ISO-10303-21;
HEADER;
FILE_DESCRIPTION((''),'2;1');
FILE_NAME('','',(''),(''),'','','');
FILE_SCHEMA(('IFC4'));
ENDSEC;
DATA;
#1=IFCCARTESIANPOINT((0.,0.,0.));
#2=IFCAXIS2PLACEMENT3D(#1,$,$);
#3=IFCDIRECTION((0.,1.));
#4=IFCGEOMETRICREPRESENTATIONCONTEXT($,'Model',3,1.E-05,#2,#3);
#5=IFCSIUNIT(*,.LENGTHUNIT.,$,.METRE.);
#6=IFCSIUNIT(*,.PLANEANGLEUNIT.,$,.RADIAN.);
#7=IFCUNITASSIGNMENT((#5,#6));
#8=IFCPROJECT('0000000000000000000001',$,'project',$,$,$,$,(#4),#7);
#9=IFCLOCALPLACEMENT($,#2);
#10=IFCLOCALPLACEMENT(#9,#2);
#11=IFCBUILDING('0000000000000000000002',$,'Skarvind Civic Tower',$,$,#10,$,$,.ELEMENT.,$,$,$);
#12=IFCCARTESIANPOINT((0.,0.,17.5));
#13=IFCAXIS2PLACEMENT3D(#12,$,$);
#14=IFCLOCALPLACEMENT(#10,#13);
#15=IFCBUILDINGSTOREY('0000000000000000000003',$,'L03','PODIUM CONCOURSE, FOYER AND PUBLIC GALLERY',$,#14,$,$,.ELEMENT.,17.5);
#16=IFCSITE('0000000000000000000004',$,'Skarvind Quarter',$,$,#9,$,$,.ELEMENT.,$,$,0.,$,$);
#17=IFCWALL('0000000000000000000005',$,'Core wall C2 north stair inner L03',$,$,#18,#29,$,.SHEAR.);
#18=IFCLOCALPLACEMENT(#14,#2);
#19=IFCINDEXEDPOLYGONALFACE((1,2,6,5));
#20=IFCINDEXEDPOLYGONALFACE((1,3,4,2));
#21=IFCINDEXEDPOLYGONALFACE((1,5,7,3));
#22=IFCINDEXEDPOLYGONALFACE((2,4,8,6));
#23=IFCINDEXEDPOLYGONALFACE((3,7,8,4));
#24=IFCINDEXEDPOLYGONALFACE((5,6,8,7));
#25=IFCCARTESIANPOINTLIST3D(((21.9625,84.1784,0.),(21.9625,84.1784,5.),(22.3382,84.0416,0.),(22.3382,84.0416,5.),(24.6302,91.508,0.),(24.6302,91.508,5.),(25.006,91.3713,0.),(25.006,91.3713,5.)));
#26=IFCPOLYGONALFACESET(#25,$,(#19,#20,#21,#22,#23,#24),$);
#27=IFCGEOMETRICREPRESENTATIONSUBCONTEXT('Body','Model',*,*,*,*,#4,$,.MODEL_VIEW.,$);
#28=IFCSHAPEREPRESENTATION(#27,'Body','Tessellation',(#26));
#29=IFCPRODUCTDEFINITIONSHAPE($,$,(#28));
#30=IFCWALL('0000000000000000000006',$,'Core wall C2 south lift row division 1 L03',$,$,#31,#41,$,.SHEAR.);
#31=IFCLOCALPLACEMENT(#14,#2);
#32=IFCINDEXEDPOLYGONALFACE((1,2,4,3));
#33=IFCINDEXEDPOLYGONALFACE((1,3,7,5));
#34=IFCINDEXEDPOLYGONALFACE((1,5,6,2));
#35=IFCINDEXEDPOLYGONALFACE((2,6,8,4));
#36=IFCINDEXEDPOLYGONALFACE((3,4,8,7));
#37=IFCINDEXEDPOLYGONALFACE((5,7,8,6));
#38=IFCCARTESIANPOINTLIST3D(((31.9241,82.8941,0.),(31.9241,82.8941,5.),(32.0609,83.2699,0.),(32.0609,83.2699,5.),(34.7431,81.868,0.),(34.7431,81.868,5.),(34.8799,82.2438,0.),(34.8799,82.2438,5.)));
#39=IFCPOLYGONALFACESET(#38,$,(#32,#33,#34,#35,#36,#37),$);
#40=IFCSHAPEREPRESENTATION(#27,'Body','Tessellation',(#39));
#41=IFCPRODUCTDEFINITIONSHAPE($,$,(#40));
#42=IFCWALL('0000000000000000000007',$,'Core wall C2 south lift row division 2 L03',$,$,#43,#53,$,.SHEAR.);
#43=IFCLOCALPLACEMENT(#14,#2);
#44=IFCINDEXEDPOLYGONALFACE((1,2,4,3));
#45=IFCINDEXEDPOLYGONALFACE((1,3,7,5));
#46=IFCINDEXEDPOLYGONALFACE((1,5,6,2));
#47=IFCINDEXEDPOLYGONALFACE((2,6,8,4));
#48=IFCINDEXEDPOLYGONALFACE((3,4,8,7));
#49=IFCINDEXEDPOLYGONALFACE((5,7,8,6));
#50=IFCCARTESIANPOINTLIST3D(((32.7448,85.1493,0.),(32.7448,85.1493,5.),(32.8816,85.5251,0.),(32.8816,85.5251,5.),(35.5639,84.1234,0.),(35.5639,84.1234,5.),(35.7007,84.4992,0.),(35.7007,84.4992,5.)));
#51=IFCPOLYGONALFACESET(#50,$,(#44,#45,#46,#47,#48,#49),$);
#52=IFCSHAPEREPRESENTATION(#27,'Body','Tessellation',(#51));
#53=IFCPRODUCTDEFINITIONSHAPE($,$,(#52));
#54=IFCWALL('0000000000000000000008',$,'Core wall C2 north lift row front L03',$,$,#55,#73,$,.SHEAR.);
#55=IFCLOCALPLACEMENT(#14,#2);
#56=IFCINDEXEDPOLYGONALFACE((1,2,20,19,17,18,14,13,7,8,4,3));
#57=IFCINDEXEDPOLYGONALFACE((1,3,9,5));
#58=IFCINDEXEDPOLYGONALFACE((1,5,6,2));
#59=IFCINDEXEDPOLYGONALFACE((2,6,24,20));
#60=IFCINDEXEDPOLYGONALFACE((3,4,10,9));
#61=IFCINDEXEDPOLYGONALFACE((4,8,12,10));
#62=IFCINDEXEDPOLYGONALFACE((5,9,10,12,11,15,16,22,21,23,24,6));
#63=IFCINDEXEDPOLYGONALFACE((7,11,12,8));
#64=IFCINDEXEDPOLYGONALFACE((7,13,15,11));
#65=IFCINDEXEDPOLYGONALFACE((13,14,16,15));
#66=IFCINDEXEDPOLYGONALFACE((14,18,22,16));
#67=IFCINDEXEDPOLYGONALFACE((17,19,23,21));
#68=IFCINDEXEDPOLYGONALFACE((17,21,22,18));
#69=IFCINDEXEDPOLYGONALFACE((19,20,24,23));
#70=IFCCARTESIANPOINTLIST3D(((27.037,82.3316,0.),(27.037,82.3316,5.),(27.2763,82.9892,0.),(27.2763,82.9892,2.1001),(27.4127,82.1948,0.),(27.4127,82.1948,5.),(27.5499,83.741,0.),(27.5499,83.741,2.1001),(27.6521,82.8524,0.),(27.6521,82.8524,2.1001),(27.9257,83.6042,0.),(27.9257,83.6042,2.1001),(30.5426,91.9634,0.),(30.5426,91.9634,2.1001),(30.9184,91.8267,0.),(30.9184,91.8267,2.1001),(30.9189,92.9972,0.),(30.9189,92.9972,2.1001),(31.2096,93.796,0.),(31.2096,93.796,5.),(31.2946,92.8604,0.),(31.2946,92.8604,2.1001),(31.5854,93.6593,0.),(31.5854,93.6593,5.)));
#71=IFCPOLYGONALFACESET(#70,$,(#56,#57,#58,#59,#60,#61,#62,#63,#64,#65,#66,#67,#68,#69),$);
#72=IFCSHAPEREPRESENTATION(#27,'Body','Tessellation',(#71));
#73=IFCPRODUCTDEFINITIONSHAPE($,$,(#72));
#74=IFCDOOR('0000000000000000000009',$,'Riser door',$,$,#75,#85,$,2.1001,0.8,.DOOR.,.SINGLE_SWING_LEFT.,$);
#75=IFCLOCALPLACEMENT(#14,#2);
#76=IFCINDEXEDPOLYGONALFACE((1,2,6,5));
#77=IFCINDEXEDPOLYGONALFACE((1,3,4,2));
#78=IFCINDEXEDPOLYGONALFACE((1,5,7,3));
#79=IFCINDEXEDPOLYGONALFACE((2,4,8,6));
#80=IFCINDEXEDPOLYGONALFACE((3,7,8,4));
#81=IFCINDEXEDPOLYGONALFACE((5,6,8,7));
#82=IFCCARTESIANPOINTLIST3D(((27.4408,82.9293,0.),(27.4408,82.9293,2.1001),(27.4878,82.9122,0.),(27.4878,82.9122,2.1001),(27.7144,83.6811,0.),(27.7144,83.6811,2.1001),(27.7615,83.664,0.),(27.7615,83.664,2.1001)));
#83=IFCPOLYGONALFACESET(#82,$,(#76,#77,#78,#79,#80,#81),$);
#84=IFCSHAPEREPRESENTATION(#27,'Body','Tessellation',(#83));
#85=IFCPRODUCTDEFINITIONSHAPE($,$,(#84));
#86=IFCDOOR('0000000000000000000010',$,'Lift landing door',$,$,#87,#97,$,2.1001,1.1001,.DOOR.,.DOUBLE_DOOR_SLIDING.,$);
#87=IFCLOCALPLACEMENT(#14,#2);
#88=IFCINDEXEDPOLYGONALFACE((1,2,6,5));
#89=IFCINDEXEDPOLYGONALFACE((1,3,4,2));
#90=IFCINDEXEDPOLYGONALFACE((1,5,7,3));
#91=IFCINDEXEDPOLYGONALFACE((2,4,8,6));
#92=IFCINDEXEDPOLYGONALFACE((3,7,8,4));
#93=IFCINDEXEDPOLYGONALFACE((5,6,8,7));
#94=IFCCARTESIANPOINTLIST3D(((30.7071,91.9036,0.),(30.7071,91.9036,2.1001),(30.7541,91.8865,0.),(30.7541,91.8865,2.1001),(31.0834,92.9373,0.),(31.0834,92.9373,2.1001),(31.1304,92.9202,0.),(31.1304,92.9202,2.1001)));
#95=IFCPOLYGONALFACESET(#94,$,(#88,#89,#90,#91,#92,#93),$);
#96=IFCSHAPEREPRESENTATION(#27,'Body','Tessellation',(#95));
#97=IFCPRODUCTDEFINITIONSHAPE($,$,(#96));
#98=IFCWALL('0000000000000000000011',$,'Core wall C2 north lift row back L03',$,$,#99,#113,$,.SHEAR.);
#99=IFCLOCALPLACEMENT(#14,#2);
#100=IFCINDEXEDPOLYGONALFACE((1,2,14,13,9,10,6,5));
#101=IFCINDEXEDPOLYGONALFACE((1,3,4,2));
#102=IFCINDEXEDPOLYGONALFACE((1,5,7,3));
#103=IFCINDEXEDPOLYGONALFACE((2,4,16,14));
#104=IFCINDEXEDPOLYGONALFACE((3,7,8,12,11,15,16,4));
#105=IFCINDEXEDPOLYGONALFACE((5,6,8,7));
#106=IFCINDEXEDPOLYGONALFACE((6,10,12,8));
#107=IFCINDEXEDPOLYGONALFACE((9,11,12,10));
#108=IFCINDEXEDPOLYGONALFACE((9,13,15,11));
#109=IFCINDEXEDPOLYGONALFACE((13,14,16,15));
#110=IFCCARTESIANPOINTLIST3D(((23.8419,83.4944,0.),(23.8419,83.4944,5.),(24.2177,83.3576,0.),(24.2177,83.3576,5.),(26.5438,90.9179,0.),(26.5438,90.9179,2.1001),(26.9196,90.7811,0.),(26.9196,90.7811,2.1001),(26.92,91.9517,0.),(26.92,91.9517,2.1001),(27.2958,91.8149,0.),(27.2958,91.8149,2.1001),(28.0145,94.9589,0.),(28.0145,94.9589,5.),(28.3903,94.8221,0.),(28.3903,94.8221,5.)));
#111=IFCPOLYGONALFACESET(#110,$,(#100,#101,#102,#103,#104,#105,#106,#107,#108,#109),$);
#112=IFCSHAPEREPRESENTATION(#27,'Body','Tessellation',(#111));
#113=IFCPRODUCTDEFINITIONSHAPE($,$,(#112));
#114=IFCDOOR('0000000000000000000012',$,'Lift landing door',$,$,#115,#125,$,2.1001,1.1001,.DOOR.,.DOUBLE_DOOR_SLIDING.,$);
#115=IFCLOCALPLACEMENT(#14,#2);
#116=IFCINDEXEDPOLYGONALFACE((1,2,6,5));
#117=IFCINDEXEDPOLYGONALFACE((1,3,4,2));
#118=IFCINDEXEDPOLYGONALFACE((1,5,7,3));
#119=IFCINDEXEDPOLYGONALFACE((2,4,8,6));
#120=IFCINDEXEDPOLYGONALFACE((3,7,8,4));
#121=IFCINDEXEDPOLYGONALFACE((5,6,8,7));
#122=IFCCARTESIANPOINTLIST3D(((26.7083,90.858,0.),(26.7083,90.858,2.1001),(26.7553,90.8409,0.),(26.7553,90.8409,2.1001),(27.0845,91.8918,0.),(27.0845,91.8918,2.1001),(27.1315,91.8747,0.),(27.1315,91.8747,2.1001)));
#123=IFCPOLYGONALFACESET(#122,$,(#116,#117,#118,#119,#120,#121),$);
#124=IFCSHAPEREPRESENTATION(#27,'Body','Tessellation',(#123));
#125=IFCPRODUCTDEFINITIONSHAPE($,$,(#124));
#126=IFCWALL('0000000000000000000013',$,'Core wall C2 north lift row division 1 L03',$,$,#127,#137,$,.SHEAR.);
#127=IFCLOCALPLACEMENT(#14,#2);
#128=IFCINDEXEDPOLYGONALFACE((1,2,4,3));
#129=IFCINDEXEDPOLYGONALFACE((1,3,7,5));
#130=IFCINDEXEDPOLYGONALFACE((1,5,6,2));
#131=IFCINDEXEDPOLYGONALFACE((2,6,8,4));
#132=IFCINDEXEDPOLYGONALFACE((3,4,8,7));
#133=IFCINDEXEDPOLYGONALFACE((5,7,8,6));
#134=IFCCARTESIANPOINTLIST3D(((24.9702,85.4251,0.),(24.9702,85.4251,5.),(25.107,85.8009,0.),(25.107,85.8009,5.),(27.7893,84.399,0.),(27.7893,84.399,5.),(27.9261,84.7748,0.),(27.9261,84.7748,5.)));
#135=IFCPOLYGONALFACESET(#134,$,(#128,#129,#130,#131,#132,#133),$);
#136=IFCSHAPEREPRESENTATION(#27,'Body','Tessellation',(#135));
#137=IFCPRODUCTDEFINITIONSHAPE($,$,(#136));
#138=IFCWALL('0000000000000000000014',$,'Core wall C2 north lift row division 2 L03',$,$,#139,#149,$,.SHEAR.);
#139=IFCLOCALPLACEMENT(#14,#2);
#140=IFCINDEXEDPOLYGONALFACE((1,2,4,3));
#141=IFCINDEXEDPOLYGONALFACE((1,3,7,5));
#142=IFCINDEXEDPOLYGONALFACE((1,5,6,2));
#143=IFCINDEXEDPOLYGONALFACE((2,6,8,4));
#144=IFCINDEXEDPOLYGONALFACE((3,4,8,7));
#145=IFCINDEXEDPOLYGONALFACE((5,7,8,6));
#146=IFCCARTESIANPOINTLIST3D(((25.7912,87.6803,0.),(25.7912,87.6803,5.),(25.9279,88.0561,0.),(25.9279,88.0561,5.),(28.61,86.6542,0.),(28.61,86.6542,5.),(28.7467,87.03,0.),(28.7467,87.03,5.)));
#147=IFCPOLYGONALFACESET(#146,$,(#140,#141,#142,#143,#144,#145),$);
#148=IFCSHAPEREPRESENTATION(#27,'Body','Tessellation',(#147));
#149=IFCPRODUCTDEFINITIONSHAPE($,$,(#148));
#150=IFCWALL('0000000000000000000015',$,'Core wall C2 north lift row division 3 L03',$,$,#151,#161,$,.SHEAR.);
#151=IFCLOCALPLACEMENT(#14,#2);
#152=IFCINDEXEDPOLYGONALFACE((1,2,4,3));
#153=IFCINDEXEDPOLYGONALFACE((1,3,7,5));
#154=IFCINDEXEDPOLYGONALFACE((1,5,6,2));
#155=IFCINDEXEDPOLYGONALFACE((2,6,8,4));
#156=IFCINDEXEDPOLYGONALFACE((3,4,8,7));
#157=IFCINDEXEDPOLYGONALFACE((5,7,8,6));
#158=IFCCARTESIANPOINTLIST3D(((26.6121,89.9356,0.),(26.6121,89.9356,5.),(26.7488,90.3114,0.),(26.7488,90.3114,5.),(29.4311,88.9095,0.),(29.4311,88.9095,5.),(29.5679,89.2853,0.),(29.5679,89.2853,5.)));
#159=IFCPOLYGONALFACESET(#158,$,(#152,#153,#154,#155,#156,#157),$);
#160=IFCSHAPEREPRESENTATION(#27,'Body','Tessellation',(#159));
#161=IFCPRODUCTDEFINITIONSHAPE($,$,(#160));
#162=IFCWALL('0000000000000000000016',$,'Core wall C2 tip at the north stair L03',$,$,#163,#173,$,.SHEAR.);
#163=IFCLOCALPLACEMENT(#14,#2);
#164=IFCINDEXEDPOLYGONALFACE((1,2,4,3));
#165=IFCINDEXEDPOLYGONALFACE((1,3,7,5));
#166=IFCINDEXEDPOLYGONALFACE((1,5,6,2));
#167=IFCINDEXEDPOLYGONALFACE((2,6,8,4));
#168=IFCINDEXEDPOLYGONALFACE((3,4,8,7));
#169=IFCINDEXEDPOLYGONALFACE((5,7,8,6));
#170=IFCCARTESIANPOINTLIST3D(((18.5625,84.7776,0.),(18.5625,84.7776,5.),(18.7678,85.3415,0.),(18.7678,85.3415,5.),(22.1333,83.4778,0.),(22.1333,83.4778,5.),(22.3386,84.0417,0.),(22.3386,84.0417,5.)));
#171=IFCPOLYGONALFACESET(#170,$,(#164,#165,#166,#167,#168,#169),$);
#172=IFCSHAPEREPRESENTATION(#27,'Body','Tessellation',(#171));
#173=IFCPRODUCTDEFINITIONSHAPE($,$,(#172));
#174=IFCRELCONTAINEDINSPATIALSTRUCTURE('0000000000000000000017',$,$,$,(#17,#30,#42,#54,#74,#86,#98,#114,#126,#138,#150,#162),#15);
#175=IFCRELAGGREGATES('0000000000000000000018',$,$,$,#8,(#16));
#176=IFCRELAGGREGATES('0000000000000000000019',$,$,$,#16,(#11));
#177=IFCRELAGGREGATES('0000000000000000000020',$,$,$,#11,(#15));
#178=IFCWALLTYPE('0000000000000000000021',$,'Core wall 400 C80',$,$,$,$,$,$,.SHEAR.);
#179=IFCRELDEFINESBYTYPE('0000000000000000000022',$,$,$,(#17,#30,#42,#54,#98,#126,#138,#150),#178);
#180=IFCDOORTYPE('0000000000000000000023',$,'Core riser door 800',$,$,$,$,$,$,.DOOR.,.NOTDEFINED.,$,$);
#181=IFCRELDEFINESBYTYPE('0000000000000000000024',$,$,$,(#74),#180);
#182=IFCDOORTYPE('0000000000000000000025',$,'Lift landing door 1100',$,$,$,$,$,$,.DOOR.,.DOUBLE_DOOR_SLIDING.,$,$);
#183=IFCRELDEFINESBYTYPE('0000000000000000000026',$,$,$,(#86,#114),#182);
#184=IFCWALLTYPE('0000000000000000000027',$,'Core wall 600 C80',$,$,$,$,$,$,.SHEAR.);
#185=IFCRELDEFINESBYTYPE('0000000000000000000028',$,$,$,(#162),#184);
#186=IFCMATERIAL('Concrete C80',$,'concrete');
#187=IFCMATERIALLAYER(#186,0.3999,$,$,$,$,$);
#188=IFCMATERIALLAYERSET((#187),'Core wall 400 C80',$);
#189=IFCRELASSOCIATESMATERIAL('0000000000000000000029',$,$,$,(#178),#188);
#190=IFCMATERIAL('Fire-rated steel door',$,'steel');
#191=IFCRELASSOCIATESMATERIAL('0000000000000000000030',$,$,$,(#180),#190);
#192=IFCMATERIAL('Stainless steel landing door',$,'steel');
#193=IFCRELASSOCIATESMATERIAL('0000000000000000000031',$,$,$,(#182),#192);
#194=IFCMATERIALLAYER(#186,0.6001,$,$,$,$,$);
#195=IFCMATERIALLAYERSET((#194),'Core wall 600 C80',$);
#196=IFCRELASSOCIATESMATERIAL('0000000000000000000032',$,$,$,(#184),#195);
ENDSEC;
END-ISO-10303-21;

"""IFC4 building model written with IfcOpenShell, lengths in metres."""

from ifc_helpers import new_model, si_unit, direction, frame, frame_2d, origin, place, context, subcontext, project, spatial, rectangle, extrude, material, layer, layer_set, type_object, element, fill, save


model = new_model("IFC4")

# Units and contexts
model_context = context("Model", 3, precision=1e-05, world=origin(), true_north=direction((0.0, 1.0)))
body_context = subcontext(model_context, "Body", "Model", "MODEL_VIEW")
ifc_project = project(units=[si_unit("LENGTHUNIT", "METRE"), si_unit("PLANEANGLEUNIT", "RADIAN")], contexts=[model_context])

# Site, building, storey
site_placement = place(None, origin())
site = spatial("IfcSite", under=ifc_project, at=site_placement, Name="Skarvind Quarter", CompositionType="ELEMENT", RefElevation=0.0)
building_placement = place(site_placement, origin())
building = spatial("IfcBuilding", under=site, at=building_placement, Name="Skarvind Civic Tower", CompositionType="ELEMENT")
storey_placement = place(building_placement, frame((0.0, 0.0, 17.5)))
storey = spatial("IfcBuildingStorey", under=building, at=storey_placement, Name="L03", Description="PODIUM CONCOURSE, FOYER AND PUBLIC GALLERY", CompositionType="ELEMENT", Elevation=17.5)

# Walls
ifc_material_1 = material(Name="Concrete C80", Category="concrete")
ifc_layer_1 = layer(ifc_material_1, 0.3999)
ifc_layer_set_1 = layer_set([ifc_layer_1], Name="Core wall 400 C80")
wall_type_1 = type_object("IfcWallType", Name="Core wall 400 C80", PredefinedType="SHEAR", material=ifc_layer_set_1)
wall_1_placement = place(storey_placement, frame((22.1504, 84.1101, 0.0), z_axis=(0.0, 0.0, 1.0), x_axis=(0.342017, 0.939694, 0.0)))
element("IfcWall", 1, at=wall_1_placement, inside=storey, type_object=wall_type_1, Name="Core wall C2 north stair inner L03", PredefinedType="SHEAR", context=body_context, shape_type="SweptSolid", body=[
    extrude(rectangle(XDim=7.8, YDim=0.3999, at=frame_2d((3.8999, 0.0))), origin(), (0.0, 0.0, 1.0), 5.0),
])
for number, where, z_axis, x_axis, name in (
    (2, (34.8115, 82.0559, 0.0), (0.0, 0.0, 1.0), (-0.939686, 0.342037, 0.0), "Core wall C2 south lift row division 1 L03"),
    (3, (35.6323, 84.3113, 0.0), (0.0, 0.0, 1.0), (-0.939713, 0.341965, 0.0), "Core wall C2 south lift row division 2 L03"),
):
    element("IfcWall", number, at=place(storey_placement, frame(where, z_axis=z_axis, x_axis=x_axis)), inside=storey, type_object=wall_type_1, Name=name, PredefinedType="SHEAR", context=body_context, shape_type="SweptSolid", body=[
        extrude(rectangle(XDim=3.0, YDim=0.3999, at=frame_2d((1.5, 0.0))), origin(), (0.0, 0.0, 1.0), 5.0),
    ])

# Wall, openings, doors
wall_2_placement = place(storey_placement, frame((27.2249, 82.2632, 0.0), z_axis=(0.0, 0.0, 1.0), x_axis=(0.342015, 0.939695, 0.0)))
wall_2 = element("IfcWall", 4, at=wall_2_placement, inside=storey, type_object=wall_type_1, Name="Core wall C2 north lift row front L03", PredefinedType="SHEAR", context=body_context, shape_type="SweptSolid", body=[
    extrude(rectangle(XDim=12.2002, YDim=0.3999, at=frame_2d((6.1001, 0.0))), origin(), (0.0, 0.0, 1.0), 5.0),
])
opening_1_placement = place(wall_2_placement, frame((10.25, 0.0, 0.0)))
opening_1 = element("IfcOpeningElement", 5, at=opening_1_placement, cuts=wall_2, PredefinedType="OPENING", context=body_context, shape_type="SweptSolid", body=[
    extrude(rectangle(XDim=1.1001, YDim=2.1001, at=frame_2d((0.55, 1.05))), frame((0.0, 0.21, 0.0), z_axis=(0.0, -1.0, 0.0), x_axis=(1.0, 0.0, 0.0)), (0.0, 0.0, 1.0), 0.4199),
])
opening_2_placement = place(wall_2_placement, frame((0.7, 0.0, 0.0)))
opening_2 = element("IfcOpeningElement", 6, at=opening_2_placement, cuts=wall_2, PredefinedType="OPENING", context=body_context, shape_type="SweptSolid", body=[
    extrude(rectangle(XDim=0.8, YDim=2.1001, at=frame_2d((0.3999, 1.05))), frame((0.0, 0.21, 0.0), z_axis=(0.0, -1.0, 0.0), x_axis=(1.0, 0.0, 0.0)), (0.0, 0.0, 1.0), 0.4199),
])
ifc_material_2 = material(Name="Fire-rated steel door", Category="steel")
door_type_1 = type_object("IfcDoorType", Name="Core riser door 800", OperationType="NOTDEFINED", PredefinedType="DOOR", material=ifc_material_2)
door_1_placement = place(opening_2_placement, origin())
door_1 = element("IfcDoor", 7, at=door_1_placement, inside=storey, type_object=door_type_1, Name="Riser door", OperationType="SINGLE_SWING_LEFT", OverallHeight=2.1001, OverallWidth=0.8, PredefinedType="DOOR", context=body_context, shape_type="SweptSolid", body=[
    extrude(rectangle(XDim=0.8, YDim=2.1001, at=frame_2d((0.3999, 1.05))), frame((0.0, 0.0249, 0.0), z_axis=(0.0, -1.0, 0.0), x_axis=(1.0, 0.0, 0.0)), (0.0, 0.0, 1.0), 0.05),
])
fill(opening_2, door_1)
ifc_material_3 = material(Name="Stainless steel landing door", Category="steel")
door_type_2 = type_object("IfcDoorType", Name="Lift landing door 1100", OperationType="DOUBLE_DOOR_SLIDING", PredefinedType="DOOR", material=ifc_material_3)
door_2_placement = place(opening_1_placement, origin())
door_2 = element("IfcDoor", 8, at=door_2_placement, inside=storey, type_object=door_type_2, Name="Lift landing door", OperationType="DOUBLE_DOOR_SLIDING", OverallHeight=2.1001, OverallWidth=1.1001, PredefinedType="DOOR", context=body_context, shape_type="SweptSolid", body=[
    extrude(rectangle(XDim=1.1001, YDim=2.1001, at=frame_2d((0.55, 1.05))), frame((0.0, 0.0249, 0.0), z_axis=(0.0, -1.0, 0.0), x_axis=(1.0, 0.0, 0.0)), (0.0, 0.0, 1.0), 0.05),
])
fill(opening_1, door_2)

# Wall, opening, door
wall_3_placement = place(storey_placement, frame((24.0298, 83.426, 0.0), z_axis=(0.0, 0.0, 1.0), x_axis=(0.342015, 0.939695, 0.0)))
wall_3 = element("IfcWall", 9, at=wall_3_placement, inside=storey, type_object=wall_type_1, Name="Core wall C2 north lift row back L03", PredefinedType="SHEAR", context=body_context, shape_type="SweptSolid", body=[
    extrude(rectangle(XDim=12.2002, YDim=0.3999, at=frame_2d((6.1001, 0.0))), origin(), (0.0, 0.0, 1.0), 5.0),
])
opening_3_placement = place(wall_3_placement, frame((7.8999, 0.0, 0.0)))
opening_3 = element("IfcOpeningElement", 10, at=opening_3_placement, cuts=wall_3, PredefinedType="OPENING", context=body_context, shape_type="SweptSolid", body=[
    extrude(rectangle(XDim=1.1001, YDim=2.1001, at=frame_2d((0.55, 1.05))), frame((0.0, 0.21, 0.0), z_axis=(0.0, -1.0, 0.0), x_axis=(1.0, 0.0, 0.0)), (0.0, 0.0, 1.0), 0.4199),
])
door_3_placement = place(opening_3_placement, origin())
door_3 = element("IfcDoor", 11, at=door_3_placement, inside=storey, type_object=door_type_2, Name="Lift landing door", OperationType="DOUBLE_DOOR_SLIDING", OverallHeight=2.1001, OverallWidth=1.1001, PredefinedType="DOOR", context=body_context, shape_type="SweptSolid", body=[
    extrude(rectangle(XDim=1.1001, YDim=2.1001, at=frame_2d((0.55, 1.05))), frame((0.0, 0.0249, 0.0), z_axis=(0.0, -1.0, 0.0), x_axis=(1.0, 0.0, 0.0)), (0.0, 0.0, 1.0), 0.05),
])
fill(opening_3, door_3)

# Walls
wall_4_placement = place(storey_placement, frame((27.8577, 84.5869, 0.0), z_axis=(0.0, 0.0, 1.0), x_axis=(-0.939686, 0.342037, 0.0)))
element("IfcWall", 12, at=wall_4_placement, inside=storey, type_object=wall_type_1, Name="Core wall C2 north lift row division 1 L03", PredefinedType="SHEAR", context=body_context, shape_type="SweptSolid", body=[
    extrude(rectangle(XDim=3.0, YDim=0.3999, at=frame_2d((1.5, 0.0))), origin(), (0.0, 0.0, 1.0), 5.0),
])
wall_5_placement = place(storey_placement, frame((28.6785, 86.842, 0.0), z_axis=(0.0, 0.0, 1.0), x_axis=(-0.939677, 0.342063, 0.0)))
element("IfcWall", 13, at=wall_5_placement, inside=storey, type_object=wall_type_1, Name="Core wall C2 north lift row division 2 L03", PredefinedType="SHEAR", context=body_context, shape_type="SweptSolid", body=[
    extrude(rectangle(XDim=2.9998, YDim=0.3999, at=frame_2d((1.5, 0.0))), origin(), (0.0, 0.0, 1.0), 5.0),
])
wall_6_placement = place(storey_placement, frame((29.4995, 89.0974, 0.0), z_axis=(0.0, 0.0, 1.0), x_axis=(-0.939686, 0.342037, 0.0)))
element("IfcWall", 14, at=wall_6_placement, inside=storey, type_object=wall_type_1, Name="Core wall C2 north lift row division 3 L03", PredefinedType="SHEAR", context=body_context, shape_type="SweptSolid", body=[
    extrude(rectangle(XDim=3.0, YDim=0.3999, at=frame_2d((1.5, 0.0))), origin(), (0.0, 0.0, 1.0), 5.0),
])
ifc_layer_2 = layer(ifc_material_1, 0.6001)
ifc_layer_set_2 = layer_set([ifc_layer_2], Name="Core wall 600 C80")
wall_type_2 = type_object("IfcWallType", Name="Core wall 600 C80", PredefinedType="SHEAR", material=ifc_layer_set_2)
wall_7_placement = place(storey_placement, frame((22.2358, 83.7598, 0.0), z_axis=(0.0, 0.0, 1.0), x_axis=(-0.939681, 0.342053, 0.0)))
element("IfcWall", 15, at=wall_7_placement, inside=storey, type_object=wall_type_2, Name="Core wall C2 tip at the north stair L03", PredefinedType="SHEAR", context=body_context, shape_type="SweptSolid", body=[
    extrude(rectangle(XDim=3.8, YDim=0.6001, at=frame_2d((1.8999, 0.0))), origin(), (0.0, 0.0, 1.0), 5.0),
])

save(model, "model.ifc")
